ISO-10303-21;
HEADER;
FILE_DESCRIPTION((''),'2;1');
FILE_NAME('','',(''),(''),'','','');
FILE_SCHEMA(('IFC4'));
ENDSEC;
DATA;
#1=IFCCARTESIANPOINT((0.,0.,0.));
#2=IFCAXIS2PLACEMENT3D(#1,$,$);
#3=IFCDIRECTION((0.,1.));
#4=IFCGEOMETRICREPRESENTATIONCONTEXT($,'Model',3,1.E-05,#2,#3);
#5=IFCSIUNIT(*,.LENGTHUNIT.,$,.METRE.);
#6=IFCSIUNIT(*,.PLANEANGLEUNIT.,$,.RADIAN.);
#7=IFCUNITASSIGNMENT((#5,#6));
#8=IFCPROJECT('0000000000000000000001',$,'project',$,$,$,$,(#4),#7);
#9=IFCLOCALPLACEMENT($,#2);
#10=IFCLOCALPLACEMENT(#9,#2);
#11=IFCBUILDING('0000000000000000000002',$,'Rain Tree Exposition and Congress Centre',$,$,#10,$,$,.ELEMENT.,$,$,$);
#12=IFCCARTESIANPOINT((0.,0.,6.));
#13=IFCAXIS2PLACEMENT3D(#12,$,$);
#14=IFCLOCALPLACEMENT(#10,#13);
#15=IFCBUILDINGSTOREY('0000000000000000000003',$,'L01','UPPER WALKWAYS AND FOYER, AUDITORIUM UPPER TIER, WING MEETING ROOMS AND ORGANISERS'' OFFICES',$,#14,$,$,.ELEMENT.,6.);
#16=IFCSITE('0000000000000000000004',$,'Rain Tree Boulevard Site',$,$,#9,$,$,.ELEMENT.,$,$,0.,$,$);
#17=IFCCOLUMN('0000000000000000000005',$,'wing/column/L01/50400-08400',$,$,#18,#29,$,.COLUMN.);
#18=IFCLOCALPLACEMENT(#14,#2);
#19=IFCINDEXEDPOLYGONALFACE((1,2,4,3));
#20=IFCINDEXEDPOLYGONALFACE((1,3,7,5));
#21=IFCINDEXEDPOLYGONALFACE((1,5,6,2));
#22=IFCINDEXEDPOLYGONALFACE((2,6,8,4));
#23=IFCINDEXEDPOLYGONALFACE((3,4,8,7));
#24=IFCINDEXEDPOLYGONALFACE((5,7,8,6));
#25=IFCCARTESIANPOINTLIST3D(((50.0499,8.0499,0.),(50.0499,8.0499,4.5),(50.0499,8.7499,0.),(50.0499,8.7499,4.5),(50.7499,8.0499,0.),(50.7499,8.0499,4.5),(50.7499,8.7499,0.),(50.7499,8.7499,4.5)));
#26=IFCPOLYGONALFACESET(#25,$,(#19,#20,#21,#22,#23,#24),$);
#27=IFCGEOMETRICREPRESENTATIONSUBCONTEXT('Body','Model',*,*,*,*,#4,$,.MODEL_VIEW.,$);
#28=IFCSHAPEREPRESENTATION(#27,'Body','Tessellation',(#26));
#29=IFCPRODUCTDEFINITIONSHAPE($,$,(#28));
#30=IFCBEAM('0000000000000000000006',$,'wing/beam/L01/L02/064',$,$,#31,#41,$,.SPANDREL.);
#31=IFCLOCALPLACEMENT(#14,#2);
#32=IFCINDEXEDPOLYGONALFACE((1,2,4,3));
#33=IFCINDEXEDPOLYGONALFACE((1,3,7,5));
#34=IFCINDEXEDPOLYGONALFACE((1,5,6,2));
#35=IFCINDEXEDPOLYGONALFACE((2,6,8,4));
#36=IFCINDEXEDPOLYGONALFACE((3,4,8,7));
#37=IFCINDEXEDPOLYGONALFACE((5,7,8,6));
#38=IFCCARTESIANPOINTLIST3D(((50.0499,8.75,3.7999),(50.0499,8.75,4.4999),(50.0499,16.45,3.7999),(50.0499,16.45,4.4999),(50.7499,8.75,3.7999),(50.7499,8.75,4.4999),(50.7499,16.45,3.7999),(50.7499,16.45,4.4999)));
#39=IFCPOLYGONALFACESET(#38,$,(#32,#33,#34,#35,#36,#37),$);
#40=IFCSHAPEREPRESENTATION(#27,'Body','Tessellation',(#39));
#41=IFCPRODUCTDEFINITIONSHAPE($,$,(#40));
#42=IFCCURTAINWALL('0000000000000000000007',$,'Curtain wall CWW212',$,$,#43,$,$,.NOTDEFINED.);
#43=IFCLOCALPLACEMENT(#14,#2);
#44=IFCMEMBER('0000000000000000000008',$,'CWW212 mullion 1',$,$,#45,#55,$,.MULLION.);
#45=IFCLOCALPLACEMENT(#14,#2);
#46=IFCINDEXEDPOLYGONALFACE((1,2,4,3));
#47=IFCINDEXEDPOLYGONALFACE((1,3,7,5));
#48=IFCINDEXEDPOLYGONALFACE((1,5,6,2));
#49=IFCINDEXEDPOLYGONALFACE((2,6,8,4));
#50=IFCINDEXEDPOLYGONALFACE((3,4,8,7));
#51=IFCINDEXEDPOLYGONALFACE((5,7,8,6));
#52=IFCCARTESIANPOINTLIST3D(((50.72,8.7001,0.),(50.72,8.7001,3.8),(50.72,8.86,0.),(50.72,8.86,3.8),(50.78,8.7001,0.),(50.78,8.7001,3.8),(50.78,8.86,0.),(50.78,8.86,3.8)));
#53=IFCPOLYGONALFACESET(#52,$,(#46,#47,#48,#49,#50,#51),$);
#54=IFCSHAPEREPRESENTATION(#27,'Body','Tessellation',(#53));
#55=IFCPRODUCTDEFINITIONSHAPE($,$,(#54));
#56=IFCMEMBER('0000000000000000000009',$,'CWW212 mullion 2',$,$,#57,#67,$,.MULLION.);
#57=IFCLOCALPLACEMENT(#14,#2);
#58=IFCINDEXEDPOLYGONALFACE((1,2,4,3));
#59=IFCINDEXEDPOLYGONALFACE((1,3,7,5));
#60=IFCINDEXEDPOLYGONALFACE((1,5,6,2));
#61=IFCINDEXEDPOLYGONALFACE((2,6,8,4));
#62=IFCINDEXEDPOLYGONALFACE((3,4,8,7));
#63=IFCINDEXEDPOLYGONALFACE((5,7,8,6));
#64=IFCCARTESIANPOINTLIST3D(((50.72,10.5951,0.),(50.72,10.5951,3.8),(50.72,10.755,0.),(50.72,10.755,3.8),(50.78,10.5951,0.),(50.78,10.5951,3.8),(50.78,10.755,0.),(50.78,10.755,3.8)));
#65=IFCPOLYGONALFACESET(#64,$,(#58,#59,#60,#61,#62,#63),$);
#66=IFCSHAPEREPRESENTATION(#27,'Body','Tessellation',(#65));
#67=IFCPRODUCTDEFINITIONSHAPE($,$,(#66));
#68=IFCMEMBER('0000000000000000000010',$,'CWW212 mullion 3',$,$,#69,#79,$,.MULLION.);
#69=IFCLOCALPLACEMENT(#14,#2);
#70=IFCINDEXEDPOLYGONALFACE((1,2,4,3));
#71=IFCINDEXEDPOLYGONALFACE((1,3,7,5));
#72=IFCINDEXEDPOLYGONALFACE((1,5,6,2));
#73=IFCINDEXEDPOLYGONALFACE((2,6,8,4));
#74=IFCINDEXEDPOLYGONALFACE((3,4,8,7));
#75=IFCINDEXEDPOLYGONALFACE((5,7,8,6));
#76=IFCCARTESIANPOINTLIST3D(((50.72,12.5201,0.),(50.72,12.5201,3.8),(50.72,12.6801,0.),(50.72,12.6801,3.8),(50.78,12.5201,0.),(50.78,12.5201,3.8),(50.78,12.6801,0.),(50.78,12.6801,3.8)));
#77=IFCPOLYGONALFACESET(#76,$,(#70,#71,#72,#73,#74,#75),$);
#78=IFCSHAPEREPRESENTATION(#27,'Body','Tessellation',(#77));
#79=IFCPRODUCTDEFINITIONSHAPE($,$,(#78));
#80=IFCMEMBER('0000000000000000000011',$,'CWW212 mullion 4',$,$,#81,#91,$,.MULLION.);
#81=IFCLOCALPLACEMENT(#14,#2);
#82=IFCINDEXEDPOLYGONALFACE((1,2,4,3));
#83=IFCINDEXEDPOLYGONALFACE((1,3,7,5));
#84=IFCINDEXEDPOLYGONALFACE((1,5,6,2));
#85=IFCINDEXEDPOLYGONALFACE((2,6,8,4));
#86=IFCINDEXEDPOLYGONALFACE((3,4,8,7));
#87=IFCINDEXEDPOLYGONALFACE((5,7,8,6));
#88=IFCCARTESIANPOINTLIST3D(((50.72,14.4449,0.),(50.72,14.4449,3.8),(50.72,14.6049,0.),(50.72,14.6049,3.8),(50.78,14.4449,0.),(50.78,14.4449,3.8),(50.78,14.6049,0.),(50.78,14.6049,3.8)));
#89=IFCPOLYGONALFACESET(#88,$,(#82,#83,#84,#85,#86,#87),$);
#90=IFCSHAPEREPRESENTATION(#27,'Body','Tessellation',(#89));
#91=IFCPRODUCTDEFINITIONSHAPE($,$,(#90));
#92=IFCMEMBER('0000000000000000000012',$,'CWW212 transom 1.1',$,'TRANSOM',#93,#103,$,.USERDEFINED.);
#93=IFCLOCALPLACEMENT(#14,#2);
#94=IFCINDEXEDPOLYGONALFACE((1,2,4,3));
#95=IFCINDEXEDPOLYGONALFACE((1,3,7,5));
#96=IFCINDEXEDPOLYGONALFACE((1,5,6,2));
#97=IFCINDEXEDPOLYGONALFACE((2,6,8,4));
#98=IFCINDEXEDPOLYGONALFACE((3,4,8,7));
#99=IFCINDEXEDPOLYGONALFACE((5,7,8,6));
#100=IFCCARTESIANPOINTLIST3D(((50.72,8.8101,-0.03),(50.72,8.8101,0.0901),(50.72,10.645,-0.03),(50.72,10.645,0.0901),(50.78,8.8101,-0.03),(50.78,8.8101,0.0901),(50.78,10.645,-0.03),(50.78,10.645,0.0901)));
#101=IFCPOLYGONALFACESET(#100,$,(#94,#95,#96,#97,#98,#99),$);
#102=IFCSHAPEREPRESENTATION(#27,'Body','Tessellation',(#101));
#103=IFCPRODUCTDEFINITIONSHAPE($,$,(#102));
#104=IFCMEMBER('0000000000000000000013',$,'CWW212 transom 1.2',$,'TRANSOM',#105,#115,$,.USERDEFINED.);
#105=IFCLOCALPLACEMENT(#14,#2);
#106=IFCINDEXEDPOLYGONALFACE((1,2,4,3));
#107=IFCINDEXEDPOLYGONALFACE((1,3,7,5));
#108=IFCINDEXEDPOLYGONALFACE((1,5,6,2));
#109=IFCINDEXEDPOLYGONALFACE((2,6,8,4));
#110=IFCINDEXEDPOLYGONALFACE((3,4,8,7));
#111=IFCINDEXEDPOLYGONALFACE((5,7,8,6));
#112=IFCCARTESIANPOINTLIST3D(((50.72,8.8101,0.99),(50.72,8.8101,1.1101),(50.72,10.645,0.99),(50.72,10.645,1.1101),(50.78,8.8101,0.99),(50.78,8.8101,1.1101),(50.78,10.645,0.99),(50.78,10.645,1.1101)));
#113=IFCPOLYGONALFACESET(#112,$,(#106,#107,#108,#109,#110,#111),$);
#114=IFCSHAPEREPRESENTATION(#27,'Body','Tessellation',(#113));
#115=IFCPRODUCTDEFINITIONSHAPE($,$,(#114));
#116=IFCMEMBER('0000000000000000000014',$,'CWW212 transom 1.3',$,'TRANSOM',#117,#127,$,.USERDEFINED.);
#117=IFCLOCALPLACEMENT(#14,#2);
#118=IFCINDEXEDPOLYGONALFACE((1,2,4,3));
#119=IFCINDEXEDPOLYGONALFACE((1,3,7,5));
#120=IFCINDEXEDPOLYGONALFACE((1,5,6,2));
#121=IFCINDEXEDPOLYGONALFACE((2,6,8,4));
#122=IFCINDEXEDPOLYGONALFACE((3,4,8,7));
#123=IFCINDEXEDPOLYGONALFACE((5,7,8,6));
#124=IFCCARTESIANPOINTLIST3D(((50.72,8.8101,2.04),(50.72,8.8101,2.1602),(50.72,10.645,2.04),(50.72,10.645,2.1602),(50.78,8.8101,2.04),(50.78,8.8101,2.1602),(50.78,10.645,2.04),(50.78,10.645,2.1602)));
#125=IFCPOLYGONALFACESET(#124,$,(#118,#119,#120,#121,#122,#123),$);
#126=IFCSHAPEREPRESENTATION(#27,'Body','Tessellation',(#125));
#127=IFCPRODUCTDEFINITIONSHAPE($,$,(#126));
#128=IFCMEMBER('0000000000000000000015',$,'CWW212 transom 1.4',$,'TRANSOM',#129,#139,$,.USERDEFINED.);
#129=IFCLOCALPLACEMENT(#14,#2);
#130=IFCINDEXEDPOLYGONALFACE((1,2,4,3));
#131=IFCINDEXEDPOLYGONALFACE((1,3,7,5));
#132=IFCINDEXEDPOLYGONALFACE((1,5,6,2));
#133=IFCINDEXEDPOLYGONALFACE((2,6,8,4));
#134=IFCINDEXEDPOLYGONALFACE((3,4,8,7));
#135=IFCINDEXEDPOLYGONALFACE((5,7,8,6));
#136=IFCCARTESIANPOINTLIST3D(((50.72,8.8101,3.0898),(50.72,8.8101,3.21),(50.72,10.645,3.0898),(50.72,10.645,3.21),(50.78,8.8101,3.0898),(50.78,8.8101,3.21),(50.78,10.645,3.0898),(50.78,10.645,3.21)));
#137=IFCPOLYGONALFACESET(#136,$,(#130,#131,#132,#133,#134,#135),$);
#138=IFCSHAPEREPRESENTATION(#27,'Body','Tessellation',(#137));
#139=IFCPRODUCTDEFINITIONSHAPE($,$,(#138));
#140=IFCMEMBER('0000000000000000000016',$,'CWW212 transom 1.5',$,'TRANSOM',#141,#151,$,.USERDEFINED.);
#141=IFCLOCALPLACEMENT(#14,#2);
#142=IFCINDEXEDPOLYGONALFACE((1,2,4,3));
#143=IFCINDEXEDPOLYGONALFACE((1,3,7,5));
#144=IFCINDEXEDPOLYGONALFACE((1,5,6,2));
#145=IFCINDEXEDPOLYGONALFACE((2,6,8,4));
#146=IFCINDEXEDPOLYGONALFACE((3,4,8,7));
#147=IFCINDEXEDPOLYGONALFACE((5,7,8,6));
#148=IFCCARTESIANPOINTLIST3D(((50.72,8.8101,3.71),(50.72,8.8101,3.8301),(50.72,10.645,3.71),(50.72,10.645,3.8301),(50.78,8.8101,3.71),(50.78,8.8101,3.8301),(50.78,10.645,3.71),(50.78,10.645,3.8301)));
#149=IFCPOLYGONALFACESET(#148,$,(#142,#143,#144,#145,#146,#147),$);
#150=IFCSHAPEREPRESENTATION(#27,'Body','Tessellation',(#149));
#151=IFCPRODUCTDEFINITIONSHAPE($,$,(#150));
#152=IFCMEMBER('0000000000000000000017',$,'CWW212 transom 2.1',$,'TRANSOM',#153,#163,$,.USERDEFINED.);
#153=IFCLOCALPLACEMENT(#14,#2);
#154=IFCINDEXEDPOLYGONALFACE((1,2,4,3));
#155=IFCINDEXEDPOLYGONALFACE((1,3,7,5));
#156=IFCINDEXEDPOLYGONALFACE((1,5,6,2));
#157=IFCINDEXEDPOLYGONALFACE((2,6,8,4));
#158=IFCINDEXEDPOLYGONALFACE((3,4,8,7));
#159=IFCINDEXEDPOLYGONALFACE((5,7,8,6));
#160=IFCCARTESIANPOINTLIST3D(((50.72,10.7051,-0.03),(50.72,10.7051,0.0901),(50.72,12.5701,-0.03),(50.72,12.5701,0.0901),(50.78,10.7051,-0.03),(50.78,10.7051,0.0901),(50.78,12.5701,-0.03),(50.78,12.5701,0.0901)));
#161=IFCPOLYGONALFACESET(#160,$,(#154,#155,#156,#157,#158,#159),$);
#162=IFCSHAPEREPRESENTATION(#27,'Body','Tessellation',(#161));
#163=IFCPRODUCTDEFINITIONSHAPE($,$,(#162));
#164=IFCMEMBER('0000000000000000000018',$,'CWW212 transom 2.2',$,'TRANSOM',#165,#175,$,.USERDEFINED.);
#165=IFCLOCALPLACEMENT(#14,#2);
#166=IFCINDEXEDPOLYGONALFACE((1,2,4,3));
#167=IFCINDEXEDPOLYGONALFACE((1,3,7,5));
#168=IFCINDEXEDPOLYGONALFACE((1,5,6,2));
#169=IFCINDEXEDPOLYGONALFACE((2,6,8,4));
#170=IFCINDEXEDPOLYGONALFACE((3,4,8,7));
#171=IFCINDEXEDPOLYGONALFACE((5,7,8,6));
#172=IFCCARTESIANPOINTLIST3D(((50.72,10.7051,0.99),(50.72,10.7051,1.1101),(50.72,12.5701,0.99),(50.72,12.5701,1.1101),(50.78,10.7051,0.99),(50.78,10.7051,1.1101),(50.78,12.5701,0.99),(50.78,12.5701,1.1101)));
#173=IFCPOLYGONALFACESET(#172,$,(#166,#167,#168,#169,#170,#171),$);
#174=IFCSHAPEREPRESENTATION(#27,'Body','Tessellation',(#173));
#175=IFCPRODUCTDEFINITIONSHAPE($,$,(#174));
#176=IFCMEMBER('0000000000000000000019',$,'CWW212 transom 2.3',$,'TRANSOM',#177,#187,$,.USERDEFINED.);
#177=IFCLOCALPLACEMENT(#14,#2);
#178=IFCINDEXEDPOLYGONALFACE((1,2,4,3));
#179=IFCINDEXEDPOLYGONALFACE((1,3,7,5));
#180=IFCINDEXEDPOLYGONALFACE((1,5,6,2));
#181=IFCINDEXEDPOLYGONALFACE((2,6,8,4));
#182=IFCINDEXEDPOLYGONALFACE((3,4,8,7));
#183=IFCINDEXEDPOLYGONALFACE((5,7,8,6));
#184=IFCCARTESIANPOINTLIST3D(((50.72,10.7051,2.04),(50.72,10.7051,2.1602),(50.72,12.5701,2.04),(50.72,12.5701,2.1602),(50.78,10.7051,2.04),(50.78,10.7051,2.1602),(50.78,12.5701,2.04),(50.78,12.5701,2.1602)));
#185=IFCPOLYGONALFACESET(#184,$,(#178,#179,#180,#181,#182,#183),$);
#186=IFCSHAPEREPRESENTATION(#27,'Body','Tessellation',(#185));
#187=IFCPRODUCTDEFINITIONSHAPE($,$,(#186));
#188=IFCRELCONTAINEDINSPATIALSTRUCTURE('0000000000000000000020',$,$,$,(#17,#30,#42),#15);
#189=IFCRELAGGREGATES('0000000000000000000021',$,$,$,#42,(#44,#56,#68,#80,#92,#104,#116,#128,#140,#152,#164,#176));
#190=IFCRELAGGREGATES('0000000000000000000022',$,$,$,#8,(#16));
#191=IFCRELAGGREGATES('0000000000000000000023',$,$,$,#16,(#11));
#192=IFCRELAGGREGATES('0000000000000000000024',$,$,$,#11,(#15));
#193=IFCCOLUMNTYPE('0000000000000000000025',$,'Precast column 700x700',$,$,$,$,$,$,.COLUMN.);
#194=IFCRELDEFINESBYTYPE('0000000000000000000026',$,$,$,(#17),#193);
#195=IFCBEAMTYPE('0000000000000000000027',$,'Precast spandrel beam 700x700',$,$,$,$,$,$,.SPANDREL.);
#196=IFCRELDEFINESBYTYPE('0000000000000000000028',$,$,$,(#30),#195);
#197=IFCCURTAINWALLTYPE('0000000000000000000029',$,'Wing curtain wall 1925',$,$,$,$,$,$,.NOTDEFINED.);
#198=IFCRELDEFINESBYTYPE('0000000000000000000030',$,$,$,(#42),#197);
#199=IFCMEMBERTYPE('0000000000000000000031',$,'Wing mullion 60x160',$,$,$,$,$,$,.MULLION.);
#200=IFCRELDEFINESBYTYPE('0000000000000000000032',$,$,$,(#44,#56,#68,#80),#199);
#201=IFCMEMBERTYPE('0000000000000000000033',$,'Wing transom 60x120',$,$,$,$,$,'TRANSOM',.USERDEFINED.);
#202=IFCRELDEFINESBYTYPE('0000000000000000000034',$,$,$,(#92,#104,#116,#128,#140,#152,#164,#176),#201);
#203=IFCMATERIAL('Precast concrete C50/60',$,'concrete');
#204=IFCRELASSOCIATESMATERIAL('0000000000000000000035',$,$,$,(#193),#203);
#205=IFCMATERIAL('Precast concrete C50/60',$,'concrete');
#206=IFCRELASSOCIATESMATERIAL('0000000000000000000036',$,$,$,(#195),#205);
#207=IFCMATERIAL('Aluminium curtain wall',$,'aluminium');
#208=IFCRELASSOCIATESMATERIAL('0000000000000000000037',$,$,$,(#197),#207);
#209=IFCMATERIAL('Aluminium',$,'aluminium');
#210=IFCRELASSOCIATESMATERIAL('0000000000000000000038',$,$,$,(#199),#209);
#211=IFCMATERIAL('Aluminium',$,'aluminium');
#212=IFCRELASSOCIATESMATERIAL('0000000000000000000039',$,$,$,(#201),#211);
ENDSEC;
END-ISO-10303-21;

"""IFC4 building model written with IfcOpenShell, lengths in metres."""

from ifc_helpers import new_model, si_unit, direction, frame, origin, origin_2d, place, context, subcontext, project, spatial, rectangle, extrude, material, material_profile, profile_set, type_object, element, aggregate, save


model = new_model("IFC4")

# Units and contexts
model_context = context("Model", 3, precision=1e-05, world=origin(), true_north=direction((0.0, 1.0)))
body_context = subcontext(model_context, "Body", "Model", "MODEL_VIEW")
ifc_project = project(units=[si_unit("LENGTHUNIT", "METRE"), si_unit("PLANEANGLEUNIT", "RADIAN")], contexts=[model_context])

# Site, building, storey
site_placement = place(None, origin())
site = spatial("IfcSite", under=ifc_project, at=site_placement, Name="Rain Tree Boulevard Site", CompositionType="ELEMENT", RefElevation=0.0)
building_placement = place(site_placement, origin())
building = spatial("IfcBuilding", under=site, at=building_placement, Name="Rain Tree Exposition and Congress Centre", CompositionType="ELEMENT")
storey_placement = place(building_placement, frame((0.0, 0.0, 6.0)))
storey = spatial("IfcBuildingStorey", under=building, at=storey_placement, Name="L01", Description="UPPER WALKWAYS AND FOYER, AUDITORIUM UPPER TIER, WING MEETING ROOMS AND ORGANISERS' OFFICES", CompositionType="ELEMENT", Elevation=6.0)

# Column
ifc_material_1 = material(Name="Precast concrete C50/60", Category="concrete")
ifc_material_profile_1 = material_profile(ifc_material_1, rectangle(XDim=0.7, YDim=0.7, at=origin_2d()), Name="RC 700x700")
ifc_profile_set_1 = profile_set([ifc_material_profile_1], Name="Precast concrete C50/60")
column_type = type_object("IfcColumnType", Name="Precast column 700x700", PredefinedType="COLUMN", material=ifc_profile_set_1)
column_placement = place(storey_placement, frame((50.3999, 8.3999, 0.0), z_axis=(0.0, 0.0, 1.0), x_axis=(1.0, 0.0, 0.0)))
element("IfcColumn", 1, at=column_placement, inside=storey, type_object=column_type, Name="wing/column/L01/50400-08400", PredefinedType="COLUMN", context=body_context, shape_type="SweptSolid", body=[
    extrude(rectangle(XDim=0.7, YDim=0.7, at=origin_2d()), origin(), (0.0, 0.0, 1.0), 4.5),
])

# Beam
ifc_material_2 = material(Name="Precast concrete C50/60", Category="concrete")
ifc_material_profile_2 = material_profile(ifc_material_2, rectangle(XDim=0.7, YDim=0.7, at=origin_2d()), Name="RC 700x700")
ifc_profile_set_2 = profile_set([ifc_material_profile_2], Name="Precast concrete C50/60")
beam_type = type_object("IfcBeamType", Name="Precast spandrel beam 700x700", PredefinedType="SPANDREL", material=ifc_profile_set_2)
beam_placement = place(storey_placement, frame((50.3999, 8.75, 4.1499), z_axis=(0.0, 1.0, 0.0), x_axis=(-1.0, 0.0, 0.0)))
element("IfcBeam", 2, at=beam_placement, inside=storey, type_object=beam_type, Name="wing/beam/L01/L02/064", PredefinedType="SPANDREL", context=body_context, shape_type="SweptSolid", body=[
    extrude(rectangle(XDim=0.7, YDim=0.7, at=origin_2d()), origin(), (0.0, 0.0, 1.0), 7.7),
])

# Curtain wall, members
ifc_material_3 = material(Name="Aluminium curtain wall", Category="aluminium")
curtain_wall_type = type_object("IfcCurtainWallType", Name="Wing curtain wall 1925", PredefinedType="NOTDEFINED", material=ifc_material_3)
curtain_wall_placement = place(storey_placement, origin())
curtain_wall = element("IfcCurtainWall", 3, at=curtain_wall_placement, inside=storey, type_object=curtain_wall_type, Name="Curtain wall CWW212", PredefinedType="NOTDEFINED")
ifc_material_4 = material(Name="Aluminium", Category="aluminium")
ifc_material_profile_3 = material_profile(ifc_material_4, rectangle(XDim=0.0601, YDim=0.1599, at=origin_2d()), Name="Aluminium 60x160")
ifc_profile_set_3 = profile_set([ifc_material_profile_3], Name="Aluminium")
member_type_1 = type_object("IfcMemberType", Name="Wing mullion 60x160", PredefinedType="MULLION", material=ifc_profile_set_3)
member_1_placement = place(storey_placement, frame((50.75, 8.78, 0.0), z_axis=(0.0, 0.0, 1.0), x_axis=(-1.0, 0.0, 0.0)))
member_1 = element("IfcMember", 4, at=member_1_placement, type_object=member_type_1, Name="CWW212 mullion 1", PredefinedType="MULLION", context=body_context, shape_type="SweptSolid", body=[
    extrude(rectangle(XDim=0.0601, YDim=0.1599, at=origin_2d()), origin(), (0.0, 0.0, 1.0), 3.8),
])
member_2_placement = place(storey_placement, frame((50.75, 10.675, 0.0), z_axis=(0.0, 0.0, 1.0), x_axis=(-1.0, 0.0, 0.0)))
member_2 = element("IfcMember", 5, at=member_2_placement, type_object=member_type_1, Name="CWW212 mullion 2", PredefinedType="MULLION", context=body_context, shape_type="SweptSolid", body=[
    extrude(rectangle(XDim=0.0601, YDim=0.1599, at=origin_2d()), origin(), (0.0, 0.0, 1.0), 3.8),
])
member_3_placement = place(storey_placement, frame((50.75, 12.6001, 0.0), z_axis=(0.0, 0.0, 1.0), x_axis=(-1.0, 0.0, 0.0)))
member_3 = element("IfcMember", 6, at=member_3_placement, type_object=member_type_1, Name="CWW212 mullion 3", PredefinedType="MULLION", context=body_context, shape_type="SweptSolid", body=[
    extrude(rectangle(XDim=0.0601, YDim=0.1599, at=origin_2d()), origin(), (0.0, 0.0, 1.0), 3.8),
])
member_4_placement = place(storey_placement, frame((50.75, 14.5249, 0.0), z_axis=(0.0, 0.0, 1.0), x_axis=(-1.0, 0.0, 0.0)))
member_4 = element("IfcMember", 7, at=member_4_placement, type_object=member_type_1, Name="CWW212 mullion 4", PredefinedType="MULLION", context=body_context, shape_type="SweptSolid", body=[
    extrude(rectangle(XDim=0.0601, YDim=0.1599, at=origin_2d()), origin(), (0.0, 0.0, 1.0), 3.8),
])
ifc_material_5 = material(Name="Aluminium", Category="aluminium")
ifc_material_profile_4 = material_profile(ifc_material_5, rectangle(XDim=0.0601, YDim=0.1201, at=origin_2d()), Name="Aluminium 60x120")
ifc_profile_set_4 = profile_set([ifc_material_profile_4], Name="Aluminium")
member_type_2 = type_object("IfcMemberType", Name="Wing transom 60x120", ElementType="TRANSOM", PredefinedType="USERDEFINED", material=ifc_profile_set_4)
member_5_placement = place(storey_placement, frame((50.75, 8.8101, 0.03), z_axis=(0.0, 1.0, 0.0), x_axis=(-1.0, 0.0, 0.0)))
member_5 = element("IfcMember", 8, at=member_5_placement, type_object=member_type_2, Name="CWW212 transom 1.1", ObjectType="TRANSOM", PredefinedType="USERDEFINED", context=body_context, shape_type="SweptSolid", body=[
    extrude(rectangle(XDim=0.0601, YDim=0.1201, at=origin_2d()), origin(), (0.0, 0.0, 1.0), 1.835),
])
member_6_placement = place(storey_placement, frame((50.75, 8.8101, 1.05), z_axis=(0.0, 1.0, 0.0), x_axis=(-1.0, 0.0, 0.0)))
member_6 = element("IfcMember", 9, at=member_6_placement, type_object=member_type_2, Name="CWW212 transom 1.2", ObjectType="TRANSOM", PredefinedType="USERDEFINED", context=body_context, shape_type="SweptSolid", body=[
    extrude(rectangle(XDim=0.0601, YDim=0.1201, at=origin_2d()), origin(), (0.0, 0.0, 1.0), 1.835),
])
member_7_placement = place(storey_placement, frame((50.75, 8.8101, 2.1001), z_axis=(0.0, 1.0, 0.0), x_axis=(-1.0, 0.0, 0.0)))
member_7 = element("IfcMember", 10, at=member_7_placement, type_object=member_type_2, Name="CWW212 transom 1.3", ObjectType="TRANSOM", PredefinedType="USERDEFINED", context=body_context, shape_type="SweptSolid", body=[
    extrude(rectangle(XDim=0.0601, YDim=0.1201, at=origin_2d()), origin(), (0.0, 0.0, 1.0), 1.835),
])
member_8_placement = place(storey_placement, frame((50.75, 8.8101, 3.1499), z_axis=(0.0, 1.0, 0.0), x_axis=(-1.0, 0.0, 0.0)))
member_8 = element("IfcMember", 11, at=member_8_placement, type_object=member_type_2, Name="CWW212 transom 1.4", ObjectType="TRANSOM", PredefinedType="USERDEFINED", context=body_context, shape_type="SweptSolid", body=[
    extrude(rectangle(XDim=0.0601, YDim=0.1201, at=origin_2d()), origin(), (0.0, 0.0, 1.0), 1.835),
])
member_9_placement = place(storey_placement, frame((50.75, 8.8101, 3.77), z_axis=(0.0, 1.0, 0.0), x_axis=(-1.0, 0.0, 0.0)))
member_9 = element("IfcMember", 12, at=member_9_placement, type_object=member_type_2, Name="CWW212 transom 1.5", ObjectType="TRANSOM", PredefinedType="USERDEFINED", context=body_context, shape_type="SweptSolid", body=[
    extrude(rectangle(XDim=0.0601, YDim=0.1201, at=origin_2d()), origin(), (0.0, 0.0, 1.0), 1.835),
])
member_10_placement = place(storey_placement, frame((50.75, 10.7051, 0.03), z_axis=(0.0, 1.0, 0.0), x_axis=(-1.0, 0.0, 0.0)))
member_10 = element("IfcMember", 13, at=member_10_placement, type_object=member_type_2, Name="CWW212 transom 2.1", ObjectType="TRANSOM", PredefinedType="USERDEFINED", context=body_context, shape_type="SweptSolid", body=[
    extrude(rectangle(XDim=0.0601, YDim=0.1201, at=origin_2d()), origin(), (0.0, 0.0, 1.0), 1.865),
])
member_11_placement = place(storey_placement, frame((50.75, 10.7051, 1.05), z_axis=(0.0, 1.0, 0.0), x_axis=(-1.0, 0.0, 0.0)))
member_11 = element("IfcMember", 14, at=member_11_placement, type_object=member_type_2, Name="CWW212 transom 2.2", ObjectType="TRANSOM", PredefinedType="USERDEFINED", context=body_context, shape_type="SweptSolid", body=[
    extrude(rectangle(XDim=0.0601, YDim=0.1201, at=origin_2d()), origin(), (0.0, 0.0, 1.0), 1.865),
])
member_12_placement = place(storey_placement, frame((50.75, 10.7051, 2.1001), z_axis=(0.0, 1.0, 0.0), x_axis=(-1.0, 0.0, 0.0)))
member_12 = element("IfcMember", 15, at=member_12_placement, type_object=member_type_2, Name="CWW212 transom 2.3", ObjectType="TRANSOM", PredefinedType="USERDEFINED", context=body_context, shape_type="SweptSolid", body=[
    extrude(rectangle(XDim=0.0601, YDim=0.1201, at=origin_2d()), origin(), (0.0, 0.0, 1.0), 1.865),
])
aggregate(curtain_wall, [member_1, member_2, member_3, member_4, member_5, member_6, member_7, member_8, member_9, member_10, member_11, member_12])

save(model, "model.ifc")
